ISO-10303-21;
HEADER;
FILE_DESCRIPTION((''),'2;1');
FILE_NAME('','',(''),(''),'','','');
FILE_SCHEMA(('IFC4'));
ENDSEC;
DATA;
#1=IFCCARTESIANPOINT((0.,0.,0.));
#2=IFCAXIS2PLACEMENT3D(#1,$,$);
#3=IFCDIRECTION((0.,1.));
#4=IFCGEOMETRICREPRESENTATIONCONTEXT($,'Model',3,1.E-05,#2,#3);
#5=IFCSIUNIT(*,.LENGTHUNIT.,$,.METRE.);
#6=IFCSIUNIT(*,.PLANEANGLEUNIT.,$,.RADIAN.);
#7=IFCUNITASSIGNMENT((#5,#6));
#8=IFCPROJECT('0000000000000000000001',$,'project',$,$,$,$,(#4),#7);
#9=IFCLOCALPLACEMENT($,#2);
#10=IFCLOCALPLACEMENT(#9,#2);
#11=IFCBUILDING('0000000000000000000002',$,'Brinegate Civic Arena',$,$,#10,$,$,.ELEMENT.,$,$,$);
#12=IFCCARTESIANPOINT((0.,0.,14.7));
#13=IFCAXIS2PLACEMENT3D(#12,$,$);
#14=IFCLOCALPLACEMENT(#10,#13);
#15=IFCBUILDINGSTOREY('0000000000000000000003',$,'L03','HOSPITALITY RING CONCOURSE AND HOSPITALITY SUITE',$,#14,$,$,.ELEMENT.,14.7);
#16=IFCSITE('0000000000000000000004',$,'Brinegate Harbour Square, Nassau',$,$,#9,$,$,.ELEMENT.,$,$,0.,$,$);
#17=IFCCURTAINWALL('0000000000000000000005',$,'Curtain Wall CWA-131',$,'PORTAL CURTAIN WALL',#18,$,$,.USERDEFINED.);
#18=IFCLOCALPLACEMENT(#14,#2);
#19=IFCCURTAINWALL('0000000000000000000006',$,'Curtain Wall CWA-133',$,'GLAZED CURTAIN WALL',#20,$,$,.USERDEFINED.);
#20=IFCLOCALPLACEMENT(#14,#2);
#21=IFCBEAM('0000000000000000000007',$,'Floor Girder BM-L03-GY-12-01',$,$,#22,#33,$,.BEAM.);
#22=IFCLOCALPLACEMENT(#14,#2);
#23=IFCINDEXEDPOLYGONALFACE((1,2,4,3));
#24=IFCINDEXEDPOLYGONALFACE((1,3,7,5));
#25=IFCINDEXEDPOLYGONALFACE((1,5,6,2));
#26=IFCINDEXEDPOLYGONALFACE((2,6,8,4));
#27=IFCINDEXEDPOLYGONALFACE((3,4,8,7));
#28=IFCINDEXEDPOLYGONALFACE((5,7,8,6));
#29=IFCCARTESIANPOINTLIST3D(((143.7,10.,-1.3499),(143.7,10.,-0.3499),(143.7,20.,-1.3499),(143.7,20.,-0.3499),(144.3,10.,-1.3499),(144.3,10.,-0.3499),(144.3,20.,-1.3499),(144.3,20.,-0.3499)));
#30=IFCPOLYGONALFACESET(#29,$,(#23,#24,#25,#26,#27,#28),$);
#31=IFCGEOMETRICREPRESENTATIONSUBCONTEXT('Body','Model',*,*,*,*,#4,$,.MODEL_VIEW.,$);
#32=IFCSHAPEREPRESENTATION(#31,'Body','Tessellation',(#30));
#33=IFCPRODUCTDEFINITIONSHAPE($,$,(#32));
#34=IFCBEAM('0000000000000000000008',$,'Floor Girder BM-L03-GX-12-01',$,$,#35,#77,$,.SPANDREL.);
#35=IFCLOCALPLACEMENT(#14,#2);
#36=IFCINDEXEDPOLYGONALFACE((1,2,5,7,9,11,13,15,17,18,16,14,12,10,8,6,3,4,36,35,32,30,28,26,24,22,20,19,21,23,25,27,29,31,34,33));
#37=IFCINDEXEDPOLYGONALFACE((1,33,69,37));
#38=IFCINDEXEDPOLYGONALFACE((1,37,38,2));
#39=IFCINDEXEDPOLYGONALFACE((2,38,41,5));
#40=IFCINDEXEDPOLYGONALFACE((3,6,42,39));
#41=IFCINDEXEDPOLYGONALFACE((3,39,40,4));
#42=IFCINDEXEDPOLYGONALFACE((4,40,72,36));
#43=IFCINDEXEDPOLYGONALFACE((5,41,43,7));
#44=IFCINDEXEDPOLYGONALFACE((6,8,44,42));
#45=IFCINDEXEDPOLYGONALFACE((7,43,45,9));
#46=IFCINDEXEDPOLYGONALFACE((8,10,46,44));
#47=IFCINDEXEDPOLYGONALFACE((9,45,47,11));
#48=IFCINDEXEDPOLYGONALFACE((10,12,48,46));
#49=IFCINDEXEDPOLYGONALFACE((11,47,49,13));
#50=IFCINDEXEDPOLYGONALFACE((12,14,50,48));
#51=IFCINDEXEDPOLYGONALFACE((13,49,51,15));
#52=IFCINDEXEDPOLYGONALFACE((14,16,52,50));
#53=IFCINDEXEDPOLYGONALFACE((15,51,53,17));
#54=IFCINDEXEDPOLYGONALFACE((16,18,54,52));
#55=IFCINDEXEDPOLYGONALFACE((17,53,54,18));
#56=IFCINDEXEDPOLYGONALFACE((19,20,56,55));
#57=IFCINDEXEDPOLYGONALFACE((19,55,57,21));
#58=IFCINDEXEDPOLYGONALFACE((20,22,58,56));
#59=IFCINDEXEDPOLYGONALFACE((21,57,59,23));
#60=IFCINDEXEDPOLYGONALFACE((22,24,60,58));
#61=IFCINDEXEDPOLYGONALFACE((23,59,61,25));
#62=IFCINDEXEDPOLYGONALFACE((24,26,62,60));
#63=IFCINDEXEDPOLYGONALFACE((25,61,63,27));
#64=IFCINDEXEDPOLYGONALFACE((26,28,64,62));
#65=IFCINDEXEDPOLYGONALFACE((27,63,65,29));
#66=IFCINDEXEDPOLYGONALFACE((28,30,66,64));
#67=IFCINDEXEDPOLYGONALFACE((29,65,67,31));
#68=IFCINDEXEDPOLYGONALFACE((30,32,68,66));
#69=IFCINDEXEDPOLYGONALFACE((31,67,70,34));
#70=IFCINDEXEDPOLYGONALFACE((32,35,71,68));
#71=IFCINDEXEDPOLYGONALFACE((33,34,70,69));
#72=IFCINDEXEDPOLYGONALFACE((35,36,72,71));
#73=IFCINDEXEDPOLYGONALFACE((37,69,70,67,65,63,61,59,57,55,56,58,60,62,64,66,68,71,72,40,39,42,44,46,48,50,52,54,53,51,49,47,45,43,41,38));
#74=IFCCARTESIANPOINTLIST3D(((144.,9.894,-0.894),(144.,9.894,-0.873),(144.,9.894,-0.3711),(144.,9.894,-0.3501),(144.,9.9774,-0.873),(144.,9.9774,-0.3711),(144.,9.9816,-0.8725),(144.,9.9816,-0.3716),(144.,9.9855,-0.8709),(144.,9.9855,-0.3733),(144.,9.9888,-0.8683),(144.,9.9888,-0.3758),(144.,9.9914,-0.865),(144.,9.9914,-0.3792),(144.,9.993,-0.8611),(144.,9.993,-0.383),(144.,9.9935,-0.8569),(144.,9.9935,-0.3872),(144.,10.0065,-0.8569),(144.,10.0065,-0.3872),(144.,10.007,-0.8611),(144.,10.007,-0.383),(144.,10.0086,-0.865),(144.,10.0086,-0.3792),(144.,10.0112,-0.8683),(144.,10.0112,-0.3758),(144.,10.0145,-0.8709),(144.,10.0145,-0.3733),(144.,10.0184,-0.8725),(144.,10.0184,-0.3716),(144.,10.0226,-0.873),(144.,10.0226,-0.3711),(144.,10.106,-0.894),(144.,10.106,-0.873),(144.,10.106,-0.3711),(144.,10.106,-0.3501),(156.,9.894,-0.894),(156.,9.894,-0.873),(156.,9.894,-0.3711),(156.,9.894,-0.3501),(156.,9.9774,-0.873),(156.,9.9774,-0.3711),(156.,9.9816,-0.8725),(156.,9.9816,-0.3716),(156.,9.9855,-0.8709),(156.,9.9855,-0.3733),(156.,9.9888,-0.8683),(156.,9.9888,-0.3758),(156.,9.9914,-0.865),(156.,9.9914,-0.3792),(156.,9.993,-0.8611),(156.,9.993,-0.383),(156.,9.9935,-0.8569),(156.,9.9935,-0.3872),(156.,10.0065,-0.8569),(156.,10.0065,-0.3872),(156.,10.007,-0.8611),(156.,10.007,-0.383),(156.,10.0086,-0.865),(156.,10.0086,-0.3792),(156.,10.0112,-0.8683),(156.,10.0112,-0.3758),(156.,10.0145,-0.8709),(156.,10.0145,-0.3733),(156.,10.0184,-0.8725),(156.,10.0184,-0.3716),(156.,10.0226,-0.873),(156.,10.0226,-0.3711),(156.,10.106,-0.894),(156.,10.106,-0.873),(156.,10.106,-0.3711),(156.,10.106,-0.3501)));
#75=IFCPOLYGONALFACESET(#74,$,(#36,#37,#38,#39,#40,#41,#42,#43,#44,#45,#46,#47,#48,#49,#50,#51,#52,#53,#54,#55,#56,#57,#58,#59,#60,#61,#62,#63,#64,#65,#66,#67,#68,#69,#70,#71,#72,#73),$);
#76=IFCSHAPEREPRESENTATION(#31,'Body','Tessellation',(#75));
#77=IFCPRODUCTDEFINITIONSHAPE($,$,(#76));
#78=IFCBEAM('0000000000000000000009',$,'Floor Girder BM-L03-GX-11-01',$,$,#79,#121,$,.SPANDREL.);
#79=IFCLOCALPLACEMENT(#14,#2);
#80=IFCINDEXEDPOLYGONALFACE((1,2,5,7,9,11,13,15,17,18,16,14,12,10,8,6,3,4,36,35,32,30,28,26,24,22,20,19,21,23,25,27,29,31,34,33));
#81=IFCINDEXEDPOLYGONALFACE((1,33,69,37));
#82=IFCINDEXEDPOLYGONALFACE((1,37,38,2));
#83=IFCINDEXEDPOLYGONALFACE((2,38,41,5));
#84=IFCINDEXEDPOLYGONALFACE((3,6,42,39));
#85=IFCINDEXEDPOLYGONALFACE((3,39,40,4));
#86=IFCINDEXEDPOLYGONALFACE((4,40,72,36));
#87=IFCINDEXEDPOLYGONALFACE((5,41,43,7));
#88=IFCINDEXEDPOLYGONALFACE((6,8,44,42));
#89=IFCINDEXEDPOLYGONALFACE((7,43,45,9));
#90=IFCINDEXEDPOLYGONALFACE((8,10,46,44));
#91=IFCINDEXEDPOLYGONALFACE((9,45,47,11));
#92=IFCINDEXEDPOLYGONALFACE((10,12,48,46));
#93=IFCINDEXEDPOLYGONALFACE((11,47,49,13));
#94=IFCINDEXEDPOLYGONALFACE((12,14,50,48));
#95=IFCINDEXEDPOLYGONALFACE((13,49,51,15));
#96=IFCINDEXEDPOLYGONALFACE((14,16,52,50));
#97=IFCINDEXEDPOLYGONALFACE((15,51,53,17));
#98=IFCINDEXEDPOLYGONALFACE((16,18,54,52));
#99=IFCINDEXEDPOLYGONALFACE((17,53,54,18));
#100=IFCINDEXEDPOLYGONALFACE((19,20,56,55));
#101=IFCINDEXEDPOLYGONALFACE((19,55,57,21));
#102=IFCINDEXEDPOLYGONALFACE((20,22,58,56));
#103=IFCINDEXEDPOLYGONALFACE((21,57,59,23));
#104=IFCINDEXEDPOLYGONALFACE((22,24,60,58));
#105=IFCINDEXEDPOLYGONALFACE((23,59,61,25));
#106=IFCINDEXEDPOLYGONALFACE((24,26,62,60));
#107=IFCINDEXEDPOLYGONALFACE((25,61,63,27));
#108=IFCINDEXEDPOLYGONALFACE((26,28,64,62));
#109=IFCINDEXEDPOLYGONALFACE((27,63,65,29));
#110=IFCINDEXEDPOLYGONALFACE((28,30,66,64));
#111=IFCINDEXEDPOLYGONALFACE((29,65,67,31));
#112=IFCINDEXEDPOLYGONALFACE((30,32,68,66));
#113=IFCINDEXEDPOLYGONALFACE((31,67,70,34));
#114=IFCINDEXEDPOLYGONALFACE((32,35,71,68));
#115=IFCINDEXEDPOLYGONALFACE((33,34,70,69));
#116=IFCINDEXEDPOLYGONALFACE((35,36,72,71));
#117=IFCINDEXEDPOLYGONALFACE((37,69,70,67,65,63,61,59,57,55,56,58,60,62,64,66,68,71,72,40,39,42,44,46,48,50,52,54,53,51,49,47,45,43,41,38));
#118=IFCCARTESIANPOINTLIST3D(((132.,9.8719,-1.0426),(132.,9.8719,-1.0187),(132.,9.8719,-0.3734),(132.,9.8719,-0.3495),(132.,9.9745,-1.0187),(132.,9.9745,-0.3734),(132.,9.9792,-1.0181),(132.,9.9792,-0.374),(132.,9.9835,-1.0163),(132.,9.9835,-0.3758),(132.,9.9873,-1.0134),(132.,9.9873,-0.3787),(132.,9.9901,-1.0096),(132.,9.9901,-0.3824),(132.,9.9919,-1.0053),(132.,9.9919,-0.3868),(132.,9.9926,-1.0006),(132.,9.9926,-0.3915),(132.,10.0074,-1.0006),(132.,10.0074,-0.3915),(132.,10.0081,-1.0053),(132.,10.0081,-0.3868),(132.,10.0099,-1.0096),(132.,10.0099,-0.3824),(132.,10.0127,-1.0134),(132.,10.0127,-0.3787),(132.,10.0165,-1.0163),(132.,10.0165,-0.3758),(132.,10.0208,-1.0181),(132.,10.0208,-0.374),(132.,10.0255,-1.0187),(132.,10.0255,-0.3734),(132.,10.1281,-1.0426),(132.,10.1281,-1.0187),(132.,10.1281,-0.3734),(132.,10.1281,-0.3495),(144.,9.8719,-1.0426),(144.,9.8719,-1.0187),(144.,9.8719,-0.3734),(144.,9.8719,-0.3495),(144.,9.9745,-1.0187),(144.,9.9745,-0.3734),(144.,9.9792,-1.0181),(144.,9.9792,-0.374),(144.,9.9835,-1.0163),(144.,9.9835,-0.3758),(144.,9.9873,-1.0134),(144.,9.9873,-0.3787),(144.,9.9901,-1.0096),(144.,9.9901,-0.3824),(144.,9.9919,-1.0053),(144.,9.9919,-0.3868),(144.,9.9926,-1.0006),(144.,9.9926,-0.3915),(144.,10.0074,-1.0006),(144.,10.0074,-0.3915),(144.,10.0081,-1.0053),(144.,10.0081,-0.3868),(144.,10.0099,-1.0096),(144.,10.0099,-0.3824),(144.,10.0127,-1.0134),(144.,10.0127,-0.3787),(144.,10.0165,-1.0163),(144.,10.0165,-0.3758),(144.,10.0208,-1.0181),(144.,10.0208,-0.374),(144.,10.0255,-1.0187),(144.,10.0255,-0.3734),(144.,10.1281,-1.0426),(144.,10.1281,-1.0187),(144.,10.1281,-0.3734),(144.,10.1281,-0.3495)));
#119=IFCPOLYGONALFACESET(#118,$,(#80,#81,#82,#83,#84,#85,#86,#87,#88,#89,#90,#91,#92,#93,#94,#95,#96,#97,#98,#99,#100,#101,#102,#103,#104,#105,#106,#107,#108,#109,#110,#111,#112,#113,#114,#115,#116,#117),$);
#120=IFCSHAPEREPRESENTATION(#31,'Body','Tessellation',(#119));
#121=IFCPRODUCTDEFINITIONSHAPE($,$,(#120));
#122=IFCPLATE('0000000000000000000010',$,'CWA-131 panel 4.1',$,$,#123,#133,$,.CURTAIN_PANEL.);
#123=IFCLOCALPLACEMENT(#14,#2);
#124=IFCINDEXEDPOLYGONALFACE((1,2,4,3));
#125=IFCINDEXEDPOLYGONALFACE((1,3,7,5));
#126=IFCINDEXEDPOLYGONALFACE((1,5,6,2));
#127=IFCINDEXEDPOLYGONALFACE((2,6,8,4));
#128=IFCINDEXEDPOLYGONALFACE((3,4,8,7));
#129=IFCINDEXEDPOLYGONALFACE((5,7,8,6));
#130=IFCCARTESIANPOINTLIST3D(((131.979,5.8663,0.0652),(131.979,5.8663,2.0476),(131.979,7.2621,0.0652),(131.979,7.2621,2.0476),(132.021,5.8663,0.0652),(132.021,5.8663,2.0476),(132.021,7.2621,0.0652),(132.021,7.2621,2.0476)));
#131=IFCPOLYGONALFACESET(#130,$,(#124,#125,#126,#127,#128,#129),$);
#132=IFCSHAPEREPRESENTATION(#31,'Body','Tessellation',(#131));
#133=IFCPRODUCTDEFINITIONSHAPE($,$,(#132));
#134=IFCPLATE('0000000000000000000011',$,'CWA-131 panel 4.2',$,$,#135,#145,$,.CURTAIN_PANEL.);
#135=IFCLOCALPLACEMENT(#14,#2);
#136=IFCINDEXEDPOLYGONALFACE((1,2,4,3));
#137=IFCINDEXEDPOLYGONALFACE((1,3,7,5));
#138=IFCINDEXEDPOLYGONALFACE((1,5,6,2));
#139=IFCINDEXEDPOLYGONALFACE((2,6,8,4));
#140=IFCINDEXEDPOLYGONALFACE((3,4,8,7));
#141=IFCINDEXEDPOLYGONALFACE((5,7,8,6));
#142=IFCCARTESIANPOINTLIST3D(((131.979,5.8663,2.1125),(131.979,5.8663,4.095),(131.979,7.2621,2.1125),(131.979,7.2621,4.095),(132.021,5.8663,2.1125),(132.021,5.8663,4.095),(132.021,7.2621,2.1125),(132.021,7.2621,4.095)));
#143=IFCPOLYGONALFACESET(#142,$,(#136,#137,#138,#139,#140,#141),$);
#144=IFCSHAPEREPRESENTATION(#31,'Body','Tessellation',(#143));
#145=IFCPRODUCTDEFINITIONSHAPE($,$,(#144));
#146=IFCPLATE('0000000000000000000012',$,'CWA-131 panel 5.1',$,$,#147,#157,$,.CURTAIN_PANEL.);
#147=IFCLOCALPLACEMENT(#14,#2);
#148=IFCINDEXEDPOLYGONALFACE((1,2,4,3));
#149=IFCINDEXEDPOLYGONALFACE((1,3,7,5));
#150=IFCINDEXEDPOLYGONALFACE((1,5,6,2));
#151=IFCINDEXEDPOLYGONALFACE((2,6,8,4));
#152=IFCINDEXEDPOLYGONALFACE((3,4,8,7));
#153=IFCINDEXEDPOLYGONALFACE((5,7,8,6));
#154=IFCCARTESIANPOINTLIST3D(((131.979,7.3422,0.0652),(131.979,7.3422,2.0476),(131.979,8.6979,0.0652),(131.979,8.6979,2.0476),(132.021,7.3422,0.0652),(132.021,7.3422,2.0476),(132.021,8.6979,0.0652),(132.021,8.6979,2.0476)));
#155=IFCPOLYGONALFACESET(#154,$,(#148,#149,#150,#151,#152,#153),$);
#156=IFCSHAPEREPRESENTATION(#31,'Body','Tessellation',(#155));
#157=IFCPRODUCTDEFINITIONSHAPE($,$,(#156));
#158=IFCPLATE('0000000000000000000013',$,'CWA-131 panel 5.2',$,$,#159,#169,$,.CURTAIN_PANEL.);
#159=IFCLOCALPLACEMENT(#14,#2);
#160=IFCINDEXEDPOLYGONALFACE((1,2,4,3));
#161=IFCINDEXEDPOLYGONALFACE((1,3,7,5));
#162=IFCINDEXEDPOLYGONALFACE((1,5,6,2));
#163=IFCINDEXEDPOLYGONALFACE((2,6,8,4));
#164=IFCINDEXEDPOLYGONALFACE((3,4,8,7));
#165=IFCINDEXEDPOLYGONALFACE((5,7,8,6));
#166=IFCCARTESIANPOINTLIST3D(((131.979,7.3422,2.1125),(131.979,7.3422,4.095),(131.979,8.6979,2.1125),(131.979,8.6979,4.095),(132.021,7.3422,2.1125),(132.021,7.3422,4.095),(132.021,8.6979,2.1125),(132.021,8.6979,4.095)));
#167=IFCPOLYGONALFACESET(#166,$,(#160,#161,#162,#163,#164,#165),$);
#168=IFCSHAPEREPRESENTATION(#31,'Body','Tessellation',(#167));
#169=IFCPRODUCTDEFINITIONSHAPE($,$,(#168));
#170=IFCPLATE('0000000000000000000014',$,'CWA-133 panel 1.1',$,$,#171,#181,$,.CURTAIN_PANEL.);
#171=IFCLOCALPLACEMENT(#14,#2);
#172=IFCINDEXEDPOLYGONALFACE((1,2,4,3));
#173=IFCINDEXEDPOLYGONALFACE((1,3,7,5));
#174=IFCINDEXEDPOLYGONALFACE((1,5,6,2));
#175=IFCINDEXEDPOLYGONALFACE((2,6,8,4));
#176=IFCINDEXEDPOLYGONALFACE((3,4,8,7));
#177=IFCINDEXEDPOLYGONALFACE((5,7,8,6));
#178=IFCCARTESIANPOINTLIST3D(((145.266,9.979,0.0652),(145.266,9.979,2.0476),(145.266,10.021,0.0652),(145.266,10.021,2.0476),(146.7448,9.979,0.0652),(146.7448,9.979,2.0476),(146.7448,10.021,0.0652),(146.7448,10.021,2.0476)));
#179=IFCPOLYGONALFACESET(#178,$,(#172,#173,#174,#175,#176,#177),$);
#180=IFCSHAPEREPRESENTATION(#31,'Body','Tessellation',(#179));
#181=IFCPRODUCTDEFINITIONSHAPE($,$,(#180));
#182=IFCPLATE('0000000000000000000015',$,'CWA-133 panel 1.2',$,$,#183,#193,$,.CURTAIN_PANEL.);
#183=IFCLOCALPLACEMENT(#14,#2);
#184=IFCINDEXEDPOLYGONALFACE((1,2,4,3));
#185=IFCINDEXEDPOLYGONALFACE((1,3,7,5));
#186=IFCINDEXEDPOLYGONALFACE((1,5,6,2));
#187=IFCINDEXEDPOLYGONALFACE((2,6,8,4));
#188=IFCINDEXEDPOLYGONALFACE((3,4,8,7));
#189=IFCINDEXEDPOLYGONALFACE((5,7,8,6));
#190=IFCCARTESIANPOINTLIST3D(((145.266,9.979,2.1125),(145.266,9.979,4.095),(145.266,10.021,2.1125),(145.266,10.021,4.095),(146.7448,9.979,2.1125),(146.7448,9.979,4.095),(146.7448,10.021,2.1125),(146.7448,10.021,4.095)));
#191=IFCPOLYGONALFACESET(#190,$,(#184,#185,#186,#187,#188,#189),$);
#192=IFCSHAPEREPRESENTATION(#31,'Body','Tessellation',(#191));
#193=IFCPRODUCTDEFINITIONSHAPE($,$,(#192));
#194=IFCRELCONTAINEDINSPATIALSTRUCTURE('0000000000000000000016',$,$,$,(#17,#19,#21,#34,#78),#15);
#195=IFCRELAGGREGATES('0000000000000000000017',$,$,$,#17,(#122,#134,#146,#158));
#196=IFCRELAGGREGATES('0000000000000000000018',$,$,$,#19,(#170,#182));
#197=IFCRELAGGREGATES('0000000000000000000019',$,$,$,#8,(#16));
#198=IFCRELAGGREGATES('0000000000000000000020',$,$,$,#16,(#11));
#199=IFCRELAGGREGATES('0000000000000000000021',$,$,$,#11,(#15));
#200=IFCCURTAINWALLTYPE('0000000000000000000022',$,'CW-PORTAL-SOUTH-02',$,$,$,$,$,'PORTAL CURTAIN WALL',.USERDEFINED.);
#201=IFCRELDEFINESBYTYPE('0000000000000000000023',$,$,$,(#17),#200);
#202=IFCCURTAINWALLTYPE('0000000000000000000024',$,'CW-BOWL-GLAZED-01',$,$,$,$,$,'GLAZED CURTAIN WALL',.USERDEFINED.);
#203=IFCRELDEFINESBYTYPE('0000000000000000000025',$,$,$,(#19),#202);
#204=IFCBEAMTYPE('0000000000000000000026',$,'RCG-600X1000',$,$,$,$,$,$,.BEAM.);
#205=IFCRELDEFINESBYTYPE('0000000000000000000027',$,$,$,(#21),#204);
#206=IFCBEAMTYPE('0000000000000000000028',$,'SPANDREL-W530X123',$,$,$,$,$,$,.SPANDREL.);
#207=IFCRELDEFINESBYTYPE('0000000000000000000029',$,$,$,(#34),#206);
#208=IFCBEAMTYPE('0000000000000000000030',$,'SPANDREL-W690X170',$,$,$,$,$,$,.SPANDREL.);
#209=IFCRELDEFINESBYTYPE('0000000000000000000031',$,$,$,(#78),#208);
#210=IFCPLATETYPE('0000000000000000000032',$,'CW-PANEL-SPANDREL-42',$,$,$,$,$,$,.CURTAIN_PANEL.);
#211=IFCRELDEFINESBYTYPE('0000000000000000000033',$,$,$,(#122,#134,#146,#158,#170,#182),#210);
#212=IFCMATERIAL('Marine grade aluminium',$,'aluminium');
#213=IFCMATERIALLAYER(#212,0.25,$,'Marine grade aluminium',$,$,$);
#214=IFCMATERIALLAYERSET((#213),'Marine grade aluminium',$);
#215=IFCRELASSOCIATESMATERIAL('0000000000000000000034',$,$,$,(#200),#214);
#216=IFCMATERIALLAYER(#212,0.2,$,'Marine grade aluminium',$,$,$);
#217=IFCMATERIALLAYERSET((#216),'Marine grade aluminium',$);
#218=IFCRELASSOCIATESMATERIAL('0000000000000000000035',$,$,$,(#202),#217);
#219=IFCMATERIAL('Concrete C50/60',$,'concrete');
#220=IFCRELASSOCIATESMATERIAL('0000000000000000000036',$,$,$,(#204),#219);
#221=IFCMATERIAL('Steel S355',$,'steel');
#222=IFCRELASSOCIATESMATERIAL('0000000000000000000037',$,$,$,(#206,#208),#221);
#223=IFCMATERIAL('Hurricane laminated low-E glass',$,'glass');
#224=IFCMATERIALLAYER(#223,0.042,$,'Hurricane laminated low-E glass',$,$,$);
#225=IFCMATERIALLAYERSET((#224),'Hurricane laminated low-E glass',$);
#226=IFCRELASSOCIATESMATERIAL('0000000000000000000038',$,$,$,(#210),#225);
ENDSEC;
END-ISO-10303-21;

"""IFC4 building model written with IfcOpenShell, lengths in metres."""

from ifc_helpers import new_model, si_unit, direction, frame, origin, origin_2d, place, context, subcontext, project, spatial, rectangle, i_section, extrude, material, layer, layer_set, material_profile, profile_set, type_object, element, aggregate, save


model = new_model("IFC4")

# Units and contexts
model_context = context("Model", 3, precision=1e-05, world=origin(), true_north=direction((0.0, 1.0)))
body_context = subcontext(model_context, "Body", "Model", "MODEL_VIEW")
ifc_project = project(units=[si_unit("LENGTHUNIT", "METRE"), si_unit("PLANEANGLEUNIT", "RADIAN")], contexts=[model_context])

# Site, building, storey
site_placement = place(None, origin())
site = spatial("IfcSite", under=ifc_project, at=site_placement, Name="Brinegate Harbour Square, Nassau", CompositionType="ELEMENT", RefElevation=0.0)
building_placement = place(site_placement, origin())
building = spatial("IfcBuilding", under=site, at=building_placement, Name="Brinegate Civic Arena", CompositionType="ELEMENT")
storey_placement = place(building_placement, frame((0.0, 0.0, 14.7)))
storey = spatial("IfcBuildingStorey", under=building, at=storey_placement, Name="L03", Description="HOSPITALITY RING CONCOURSE AND HOSPITALITY SUITE", CompositionType="ELEMENT", Elevation=14.7)

# Shared definitions
ifc_material_1 = material(Name="Concrete C50/60", Category="concrete")

# Curtain walls
ifc_material_2 = material(Name="Marine grade aluminium", Category="aluminium")
ifc_layer_1 = layer(ifc_material_2, 0.25, Name="Marine grade aluminium")
ifc_layer_set_1 = layer_set([ifc_layer_1], Name="Marine grade aluminium")
curtain_wall_type_1 = type_object("IfcCurtainWallType", Name="CW-PORTAL-SOUTH-02", ElementType="PORTAL CURTAIN WALL", PredefinedType="USERDEFINED", material=ifc_layer_set_1)
curtain_wall_1_placement = place(storey_placement, origin())
curtain_wall_1 = element("IfcCurtainWall", 1, at=curtain_wall_1_placement, inside=storey, type_object=curtain_wall_type_1, Name="Curtain Wall CWA-131", ObjectType="PORTAL CURTAIN WALL", PredefinedType="USERDEFINED")
ifc_layer_2 = layer(ifc_material_2, 0.2, Name="Marine grade aluminium")
ifc_layer_set_2 = layer_set([ifc_layer_2], Name="Marine grade aluminium")
curtain_wall_type_2 = type_object("IfcCurtainWallType", Name="CW-BOWL-GLAZED-01", ElementType="GLAZED CURTAIN WALL", PredefinedType="USERDEFINED", material=ifc_layer_set_2)
curtain_wall_2_placement = place(storey_placement, origin())
curtain_wall_2 = element("IfcCurtainWall", 2, at=curtain_wall_2_placement, inside=storey, type_object=curtain_wall_type_2, Name="Curtain Wall CWA-133", ObjectType="GLAZED CURTAIN WALL", PredefinedType="USERDEFINED")

# Beams
ifc_material_3 = material(Name="Steel S355", Category="steel")
ifc_material_profile_1 = material_profile(ifc_material_1, rectangle(XDim=0.6001, YDim=1.0, at=origin_2d()), Name="RCB600X1000")
ifc_profile_set_1 = profile_set([ifc_material_profile_1], Name="Concrete C50/60")
beam_type_1 = type_object("IfcBeamType", Name="RCG-600X1000", PredefinedType="BEAM", material=ifc_profile_set_1)
beam_1_placement = place(storey_placement, frame((144.0, 10.0, -0.8499), z_axis=(0.0, 1.0, 0.0), x_axis=(-1.0, 0.0, 0.0)))
element("IfcBeam", 3, at=beam_1_placement, inside=storey, type_object=beam_type_1, Name="Floor Girder BM-L03-GY-12-01", PredefinedType="BEAM", context=body_context, shape_type="SweptSolid", body=[
    extrude(rectangle(XDim=0.6001, YDim=1.0, at=origin_2d()), origin(), (0.0, 0.0, 1.0), 10.0),
])
ifc_material_profile_2 = material_profile(ifc_material_3, i_section(OverallWidth=0.2119, OverallDepth=0.5439, WebThickness=0.0129, FlangeThickness=0.021, FilletRadius=0.0161, at=origin_2d()), Name="W530X123")
ifc_profile_set_2 = profile_set([ifc_material_profile_2], Name="Steel S355")
beam_type_2 = type_object("IfcBeamType", Name="SPANDREL-W530X123", PredefinedType="SPANDREL", material=ifc_profile_set_2)
beam_2_placement = place(storey_placement, frame((144.0, 10.0, -0.6221), z_axis=(1.0, 0.0, 0.0), x_axis=(0.0, 1.0, 0.0)))
element("IfcBeam", 4, at=beam_2_placement, inside=storey, type_object=beam_type_2, Name="Floor Girder BM-L03-GX-12-01", PredefinedType="SPANDREL", context=body_context, shape_type="SweptSolid", body=[
    extrude(i_section(OverallWidth=0.2119, OverallDepth=0.5439, WebThickness=0.0129, FlangeThickness=0.021, FilletRadius=0.0161, at=origin_2d()), origin(), (0.0, 0.0, 1.0), 12.0),
])
ifc_material_profile_3 = material_profile(ifc_material_3, i_section(OverallWidth=0.2561, OverallDepth=0.6931, WebThickness=0.0149, FlangeThickness=0.0239, FilletRadius=0.0181, at=origin_2d()), Name="W690X170")
ifc_profile_set_3 = profile_set([ifc_material_profile_3], Name="Steel S355")
beam_type_3 = type_object("IfcBeamType", Name="SPANDREL-W690X170", PredefinedType="SPANDREL", material=ifc_profile_set_3)
beam_3_placement = place(storey_placement, frame((132.0, 10.0, -0.696), z_axis=(1.0, 0.0, 0.0), x_axis=(0.0, 1.0, 0.0)))
element("IfcBeam", 5, at=beam_3_placement, inside=storey, type_object=beam_type_3, Name="Floor Girder BM-L03-GX-11-01", PredefinedType="SPANDREL", context=body_context, shape_type="SweptSolid", body=[
    extrude(i_section(OverallWidth=0.2561, OverallDepth=0.6931, WebThickness=0.0149, FlangeThickness=0.0239, FilletRadius=0.0181, at=origin_2d()), origin(), (0.0, 0.0, 1.0), 12.0),
])

# Plates
ifc_material_4 = material(Name="Hurricane laminated low-E glass", Category="glass")
ifc_layer_3 = layer(ifc_material_4, 0.042, Name="Hurricane laminated low-E glass")
ifc_layer_set_3 = layer_set([ifc_layer_3], Name="Hurricane laminated low-E glass")
plate_type = type_object("IfcPlateType", Name="CW-PANEL-SPANDREL-42", PredefinedType="CURTAIN_PANEL", material=ifc_layer_set_3)
plate_1_placement = place(storey_placement, frame((132.0, 6.5642, 0.0652), z_axis=(0.0, 0.0, 1.0), x_axis=(0.0, 1.0, 0.0)))
plate_1 = element("IfcPlate", 6, at=plate_1_placement, type_object=plate_type, Name="CWA-131 panel 4.1", PredefinedType="CURTAIN_PANEL", context=body_context, shape_type="SweptSolid", body=[
    extrude(rectangle(XDim=1.3958, YDim=0.042, at=origin_2d()), origin(), (0.0, 0.0, 1.0), 1.9824),
])
plate_2_placement = place(storey_placement, frame((132.0, 6.5642, 2.1125), z_axis=(0.0, 0.0, 1.0), x_axis=(0.0, 1.0, 0.0)))
plate_2 = element("IfcPlate", 7, at=plate_2_placement, type_object=plate_type, Name="CWA-131 panel 4.2", PredefinedType="CURTAIN_PANEL", context=body_context, shape_type="SweptSolid", body=[
    extrude(rectangle(XDim=1.3958, YDim=0.042, at=origin_2d()), origin(), (0.0, 0.0, 1.0), 1.9824),
])
plate_3_placement = place(storey_placement, frame((132.0, 8.02, 0.0652), z_axis=(0.0, 0.0, 1.0), x_axis=(0.0, 1.0, 0.0)))
plate_3 = element("IfcPlate", 8, at=plate_3_placement, type_object=plate_type, Name="CWA-131 panel 5.1", PredefinedType="CURTAIN_PANEL", context=body_context, shape_type="SweptSolid", body=[
    extrude(rectangle(XDim=1.3557, YDim=0.042, at=origin_2d()), origin(), (0.0, 0.0, 1.0), 1.9824),
])
plate_4_placement = place(storey_placement, frame((132.0, 8.02, 2.1125), z_axis=(0.0, 0.0, 1.0), x_axis=(0.0, 1.0, 0.0)))
plate_4 = element("IfcPlate", 9, at=plate_4_placement, type_object=plate_type, Name="CWA-131 panel 5.2", PredefinedType="CURTAIN_PANEL", context=body_context, shape_type="SweptSolid", body=[
    extrude(rectangle(XDim=1.3557, YDim=0.042, at=origin_2d()), origin(), (0.0, 0.0, 1.0), 1.9824),
])
aggregate(curtain_wall_1, [plate_1, plate_2, plate_3, plate_4])
plate_5_placement = place(storey_placement, frame((146.0054, 10.0, 0.0652), z_axis=(0.0, 0.0, 1.0), x_axis=(1.0, 0.0, 0.0)))
plate_5 = element("IfcPlate", 10, at=plate_5_placement, type_object=plate_type, Name="CWA-133 panel 1.1", PredefinedType="CURTAIN_PANEL", context=body_context, shape_type="SweptSolid", body=[
    extrude(rectangle(XDim=1.4788, YDim=0.042, at=origin_2d()), origin(), (0.0, 0.0, 1.0), 1.9824),
])
plate_6_placement = place(storey_placement, frame((146.0054, 10.0, 2.1125), z_axis=(0.0, 0.0, 1.0), x_axis=(1.0, 0.0, 0.0)))
plate_6 = element("IfcPlate", 11, at=plate_6_placement, type_object=plate_type, Name="CWA-133 panel 1.2", PredefinedType="CURTAIN_PANEL", context=body_context, shape_type="SweptSolid", body=[
    extrude(rectangle(XDim=1.4788, YDim=0.042, at=origin_2d()), origin(), (0.0, 0.0, 1.0), 1.9824),
])
aggregate(curtain_wall_2, [plate_5, plate_6])

save(model, "model.ifc")
